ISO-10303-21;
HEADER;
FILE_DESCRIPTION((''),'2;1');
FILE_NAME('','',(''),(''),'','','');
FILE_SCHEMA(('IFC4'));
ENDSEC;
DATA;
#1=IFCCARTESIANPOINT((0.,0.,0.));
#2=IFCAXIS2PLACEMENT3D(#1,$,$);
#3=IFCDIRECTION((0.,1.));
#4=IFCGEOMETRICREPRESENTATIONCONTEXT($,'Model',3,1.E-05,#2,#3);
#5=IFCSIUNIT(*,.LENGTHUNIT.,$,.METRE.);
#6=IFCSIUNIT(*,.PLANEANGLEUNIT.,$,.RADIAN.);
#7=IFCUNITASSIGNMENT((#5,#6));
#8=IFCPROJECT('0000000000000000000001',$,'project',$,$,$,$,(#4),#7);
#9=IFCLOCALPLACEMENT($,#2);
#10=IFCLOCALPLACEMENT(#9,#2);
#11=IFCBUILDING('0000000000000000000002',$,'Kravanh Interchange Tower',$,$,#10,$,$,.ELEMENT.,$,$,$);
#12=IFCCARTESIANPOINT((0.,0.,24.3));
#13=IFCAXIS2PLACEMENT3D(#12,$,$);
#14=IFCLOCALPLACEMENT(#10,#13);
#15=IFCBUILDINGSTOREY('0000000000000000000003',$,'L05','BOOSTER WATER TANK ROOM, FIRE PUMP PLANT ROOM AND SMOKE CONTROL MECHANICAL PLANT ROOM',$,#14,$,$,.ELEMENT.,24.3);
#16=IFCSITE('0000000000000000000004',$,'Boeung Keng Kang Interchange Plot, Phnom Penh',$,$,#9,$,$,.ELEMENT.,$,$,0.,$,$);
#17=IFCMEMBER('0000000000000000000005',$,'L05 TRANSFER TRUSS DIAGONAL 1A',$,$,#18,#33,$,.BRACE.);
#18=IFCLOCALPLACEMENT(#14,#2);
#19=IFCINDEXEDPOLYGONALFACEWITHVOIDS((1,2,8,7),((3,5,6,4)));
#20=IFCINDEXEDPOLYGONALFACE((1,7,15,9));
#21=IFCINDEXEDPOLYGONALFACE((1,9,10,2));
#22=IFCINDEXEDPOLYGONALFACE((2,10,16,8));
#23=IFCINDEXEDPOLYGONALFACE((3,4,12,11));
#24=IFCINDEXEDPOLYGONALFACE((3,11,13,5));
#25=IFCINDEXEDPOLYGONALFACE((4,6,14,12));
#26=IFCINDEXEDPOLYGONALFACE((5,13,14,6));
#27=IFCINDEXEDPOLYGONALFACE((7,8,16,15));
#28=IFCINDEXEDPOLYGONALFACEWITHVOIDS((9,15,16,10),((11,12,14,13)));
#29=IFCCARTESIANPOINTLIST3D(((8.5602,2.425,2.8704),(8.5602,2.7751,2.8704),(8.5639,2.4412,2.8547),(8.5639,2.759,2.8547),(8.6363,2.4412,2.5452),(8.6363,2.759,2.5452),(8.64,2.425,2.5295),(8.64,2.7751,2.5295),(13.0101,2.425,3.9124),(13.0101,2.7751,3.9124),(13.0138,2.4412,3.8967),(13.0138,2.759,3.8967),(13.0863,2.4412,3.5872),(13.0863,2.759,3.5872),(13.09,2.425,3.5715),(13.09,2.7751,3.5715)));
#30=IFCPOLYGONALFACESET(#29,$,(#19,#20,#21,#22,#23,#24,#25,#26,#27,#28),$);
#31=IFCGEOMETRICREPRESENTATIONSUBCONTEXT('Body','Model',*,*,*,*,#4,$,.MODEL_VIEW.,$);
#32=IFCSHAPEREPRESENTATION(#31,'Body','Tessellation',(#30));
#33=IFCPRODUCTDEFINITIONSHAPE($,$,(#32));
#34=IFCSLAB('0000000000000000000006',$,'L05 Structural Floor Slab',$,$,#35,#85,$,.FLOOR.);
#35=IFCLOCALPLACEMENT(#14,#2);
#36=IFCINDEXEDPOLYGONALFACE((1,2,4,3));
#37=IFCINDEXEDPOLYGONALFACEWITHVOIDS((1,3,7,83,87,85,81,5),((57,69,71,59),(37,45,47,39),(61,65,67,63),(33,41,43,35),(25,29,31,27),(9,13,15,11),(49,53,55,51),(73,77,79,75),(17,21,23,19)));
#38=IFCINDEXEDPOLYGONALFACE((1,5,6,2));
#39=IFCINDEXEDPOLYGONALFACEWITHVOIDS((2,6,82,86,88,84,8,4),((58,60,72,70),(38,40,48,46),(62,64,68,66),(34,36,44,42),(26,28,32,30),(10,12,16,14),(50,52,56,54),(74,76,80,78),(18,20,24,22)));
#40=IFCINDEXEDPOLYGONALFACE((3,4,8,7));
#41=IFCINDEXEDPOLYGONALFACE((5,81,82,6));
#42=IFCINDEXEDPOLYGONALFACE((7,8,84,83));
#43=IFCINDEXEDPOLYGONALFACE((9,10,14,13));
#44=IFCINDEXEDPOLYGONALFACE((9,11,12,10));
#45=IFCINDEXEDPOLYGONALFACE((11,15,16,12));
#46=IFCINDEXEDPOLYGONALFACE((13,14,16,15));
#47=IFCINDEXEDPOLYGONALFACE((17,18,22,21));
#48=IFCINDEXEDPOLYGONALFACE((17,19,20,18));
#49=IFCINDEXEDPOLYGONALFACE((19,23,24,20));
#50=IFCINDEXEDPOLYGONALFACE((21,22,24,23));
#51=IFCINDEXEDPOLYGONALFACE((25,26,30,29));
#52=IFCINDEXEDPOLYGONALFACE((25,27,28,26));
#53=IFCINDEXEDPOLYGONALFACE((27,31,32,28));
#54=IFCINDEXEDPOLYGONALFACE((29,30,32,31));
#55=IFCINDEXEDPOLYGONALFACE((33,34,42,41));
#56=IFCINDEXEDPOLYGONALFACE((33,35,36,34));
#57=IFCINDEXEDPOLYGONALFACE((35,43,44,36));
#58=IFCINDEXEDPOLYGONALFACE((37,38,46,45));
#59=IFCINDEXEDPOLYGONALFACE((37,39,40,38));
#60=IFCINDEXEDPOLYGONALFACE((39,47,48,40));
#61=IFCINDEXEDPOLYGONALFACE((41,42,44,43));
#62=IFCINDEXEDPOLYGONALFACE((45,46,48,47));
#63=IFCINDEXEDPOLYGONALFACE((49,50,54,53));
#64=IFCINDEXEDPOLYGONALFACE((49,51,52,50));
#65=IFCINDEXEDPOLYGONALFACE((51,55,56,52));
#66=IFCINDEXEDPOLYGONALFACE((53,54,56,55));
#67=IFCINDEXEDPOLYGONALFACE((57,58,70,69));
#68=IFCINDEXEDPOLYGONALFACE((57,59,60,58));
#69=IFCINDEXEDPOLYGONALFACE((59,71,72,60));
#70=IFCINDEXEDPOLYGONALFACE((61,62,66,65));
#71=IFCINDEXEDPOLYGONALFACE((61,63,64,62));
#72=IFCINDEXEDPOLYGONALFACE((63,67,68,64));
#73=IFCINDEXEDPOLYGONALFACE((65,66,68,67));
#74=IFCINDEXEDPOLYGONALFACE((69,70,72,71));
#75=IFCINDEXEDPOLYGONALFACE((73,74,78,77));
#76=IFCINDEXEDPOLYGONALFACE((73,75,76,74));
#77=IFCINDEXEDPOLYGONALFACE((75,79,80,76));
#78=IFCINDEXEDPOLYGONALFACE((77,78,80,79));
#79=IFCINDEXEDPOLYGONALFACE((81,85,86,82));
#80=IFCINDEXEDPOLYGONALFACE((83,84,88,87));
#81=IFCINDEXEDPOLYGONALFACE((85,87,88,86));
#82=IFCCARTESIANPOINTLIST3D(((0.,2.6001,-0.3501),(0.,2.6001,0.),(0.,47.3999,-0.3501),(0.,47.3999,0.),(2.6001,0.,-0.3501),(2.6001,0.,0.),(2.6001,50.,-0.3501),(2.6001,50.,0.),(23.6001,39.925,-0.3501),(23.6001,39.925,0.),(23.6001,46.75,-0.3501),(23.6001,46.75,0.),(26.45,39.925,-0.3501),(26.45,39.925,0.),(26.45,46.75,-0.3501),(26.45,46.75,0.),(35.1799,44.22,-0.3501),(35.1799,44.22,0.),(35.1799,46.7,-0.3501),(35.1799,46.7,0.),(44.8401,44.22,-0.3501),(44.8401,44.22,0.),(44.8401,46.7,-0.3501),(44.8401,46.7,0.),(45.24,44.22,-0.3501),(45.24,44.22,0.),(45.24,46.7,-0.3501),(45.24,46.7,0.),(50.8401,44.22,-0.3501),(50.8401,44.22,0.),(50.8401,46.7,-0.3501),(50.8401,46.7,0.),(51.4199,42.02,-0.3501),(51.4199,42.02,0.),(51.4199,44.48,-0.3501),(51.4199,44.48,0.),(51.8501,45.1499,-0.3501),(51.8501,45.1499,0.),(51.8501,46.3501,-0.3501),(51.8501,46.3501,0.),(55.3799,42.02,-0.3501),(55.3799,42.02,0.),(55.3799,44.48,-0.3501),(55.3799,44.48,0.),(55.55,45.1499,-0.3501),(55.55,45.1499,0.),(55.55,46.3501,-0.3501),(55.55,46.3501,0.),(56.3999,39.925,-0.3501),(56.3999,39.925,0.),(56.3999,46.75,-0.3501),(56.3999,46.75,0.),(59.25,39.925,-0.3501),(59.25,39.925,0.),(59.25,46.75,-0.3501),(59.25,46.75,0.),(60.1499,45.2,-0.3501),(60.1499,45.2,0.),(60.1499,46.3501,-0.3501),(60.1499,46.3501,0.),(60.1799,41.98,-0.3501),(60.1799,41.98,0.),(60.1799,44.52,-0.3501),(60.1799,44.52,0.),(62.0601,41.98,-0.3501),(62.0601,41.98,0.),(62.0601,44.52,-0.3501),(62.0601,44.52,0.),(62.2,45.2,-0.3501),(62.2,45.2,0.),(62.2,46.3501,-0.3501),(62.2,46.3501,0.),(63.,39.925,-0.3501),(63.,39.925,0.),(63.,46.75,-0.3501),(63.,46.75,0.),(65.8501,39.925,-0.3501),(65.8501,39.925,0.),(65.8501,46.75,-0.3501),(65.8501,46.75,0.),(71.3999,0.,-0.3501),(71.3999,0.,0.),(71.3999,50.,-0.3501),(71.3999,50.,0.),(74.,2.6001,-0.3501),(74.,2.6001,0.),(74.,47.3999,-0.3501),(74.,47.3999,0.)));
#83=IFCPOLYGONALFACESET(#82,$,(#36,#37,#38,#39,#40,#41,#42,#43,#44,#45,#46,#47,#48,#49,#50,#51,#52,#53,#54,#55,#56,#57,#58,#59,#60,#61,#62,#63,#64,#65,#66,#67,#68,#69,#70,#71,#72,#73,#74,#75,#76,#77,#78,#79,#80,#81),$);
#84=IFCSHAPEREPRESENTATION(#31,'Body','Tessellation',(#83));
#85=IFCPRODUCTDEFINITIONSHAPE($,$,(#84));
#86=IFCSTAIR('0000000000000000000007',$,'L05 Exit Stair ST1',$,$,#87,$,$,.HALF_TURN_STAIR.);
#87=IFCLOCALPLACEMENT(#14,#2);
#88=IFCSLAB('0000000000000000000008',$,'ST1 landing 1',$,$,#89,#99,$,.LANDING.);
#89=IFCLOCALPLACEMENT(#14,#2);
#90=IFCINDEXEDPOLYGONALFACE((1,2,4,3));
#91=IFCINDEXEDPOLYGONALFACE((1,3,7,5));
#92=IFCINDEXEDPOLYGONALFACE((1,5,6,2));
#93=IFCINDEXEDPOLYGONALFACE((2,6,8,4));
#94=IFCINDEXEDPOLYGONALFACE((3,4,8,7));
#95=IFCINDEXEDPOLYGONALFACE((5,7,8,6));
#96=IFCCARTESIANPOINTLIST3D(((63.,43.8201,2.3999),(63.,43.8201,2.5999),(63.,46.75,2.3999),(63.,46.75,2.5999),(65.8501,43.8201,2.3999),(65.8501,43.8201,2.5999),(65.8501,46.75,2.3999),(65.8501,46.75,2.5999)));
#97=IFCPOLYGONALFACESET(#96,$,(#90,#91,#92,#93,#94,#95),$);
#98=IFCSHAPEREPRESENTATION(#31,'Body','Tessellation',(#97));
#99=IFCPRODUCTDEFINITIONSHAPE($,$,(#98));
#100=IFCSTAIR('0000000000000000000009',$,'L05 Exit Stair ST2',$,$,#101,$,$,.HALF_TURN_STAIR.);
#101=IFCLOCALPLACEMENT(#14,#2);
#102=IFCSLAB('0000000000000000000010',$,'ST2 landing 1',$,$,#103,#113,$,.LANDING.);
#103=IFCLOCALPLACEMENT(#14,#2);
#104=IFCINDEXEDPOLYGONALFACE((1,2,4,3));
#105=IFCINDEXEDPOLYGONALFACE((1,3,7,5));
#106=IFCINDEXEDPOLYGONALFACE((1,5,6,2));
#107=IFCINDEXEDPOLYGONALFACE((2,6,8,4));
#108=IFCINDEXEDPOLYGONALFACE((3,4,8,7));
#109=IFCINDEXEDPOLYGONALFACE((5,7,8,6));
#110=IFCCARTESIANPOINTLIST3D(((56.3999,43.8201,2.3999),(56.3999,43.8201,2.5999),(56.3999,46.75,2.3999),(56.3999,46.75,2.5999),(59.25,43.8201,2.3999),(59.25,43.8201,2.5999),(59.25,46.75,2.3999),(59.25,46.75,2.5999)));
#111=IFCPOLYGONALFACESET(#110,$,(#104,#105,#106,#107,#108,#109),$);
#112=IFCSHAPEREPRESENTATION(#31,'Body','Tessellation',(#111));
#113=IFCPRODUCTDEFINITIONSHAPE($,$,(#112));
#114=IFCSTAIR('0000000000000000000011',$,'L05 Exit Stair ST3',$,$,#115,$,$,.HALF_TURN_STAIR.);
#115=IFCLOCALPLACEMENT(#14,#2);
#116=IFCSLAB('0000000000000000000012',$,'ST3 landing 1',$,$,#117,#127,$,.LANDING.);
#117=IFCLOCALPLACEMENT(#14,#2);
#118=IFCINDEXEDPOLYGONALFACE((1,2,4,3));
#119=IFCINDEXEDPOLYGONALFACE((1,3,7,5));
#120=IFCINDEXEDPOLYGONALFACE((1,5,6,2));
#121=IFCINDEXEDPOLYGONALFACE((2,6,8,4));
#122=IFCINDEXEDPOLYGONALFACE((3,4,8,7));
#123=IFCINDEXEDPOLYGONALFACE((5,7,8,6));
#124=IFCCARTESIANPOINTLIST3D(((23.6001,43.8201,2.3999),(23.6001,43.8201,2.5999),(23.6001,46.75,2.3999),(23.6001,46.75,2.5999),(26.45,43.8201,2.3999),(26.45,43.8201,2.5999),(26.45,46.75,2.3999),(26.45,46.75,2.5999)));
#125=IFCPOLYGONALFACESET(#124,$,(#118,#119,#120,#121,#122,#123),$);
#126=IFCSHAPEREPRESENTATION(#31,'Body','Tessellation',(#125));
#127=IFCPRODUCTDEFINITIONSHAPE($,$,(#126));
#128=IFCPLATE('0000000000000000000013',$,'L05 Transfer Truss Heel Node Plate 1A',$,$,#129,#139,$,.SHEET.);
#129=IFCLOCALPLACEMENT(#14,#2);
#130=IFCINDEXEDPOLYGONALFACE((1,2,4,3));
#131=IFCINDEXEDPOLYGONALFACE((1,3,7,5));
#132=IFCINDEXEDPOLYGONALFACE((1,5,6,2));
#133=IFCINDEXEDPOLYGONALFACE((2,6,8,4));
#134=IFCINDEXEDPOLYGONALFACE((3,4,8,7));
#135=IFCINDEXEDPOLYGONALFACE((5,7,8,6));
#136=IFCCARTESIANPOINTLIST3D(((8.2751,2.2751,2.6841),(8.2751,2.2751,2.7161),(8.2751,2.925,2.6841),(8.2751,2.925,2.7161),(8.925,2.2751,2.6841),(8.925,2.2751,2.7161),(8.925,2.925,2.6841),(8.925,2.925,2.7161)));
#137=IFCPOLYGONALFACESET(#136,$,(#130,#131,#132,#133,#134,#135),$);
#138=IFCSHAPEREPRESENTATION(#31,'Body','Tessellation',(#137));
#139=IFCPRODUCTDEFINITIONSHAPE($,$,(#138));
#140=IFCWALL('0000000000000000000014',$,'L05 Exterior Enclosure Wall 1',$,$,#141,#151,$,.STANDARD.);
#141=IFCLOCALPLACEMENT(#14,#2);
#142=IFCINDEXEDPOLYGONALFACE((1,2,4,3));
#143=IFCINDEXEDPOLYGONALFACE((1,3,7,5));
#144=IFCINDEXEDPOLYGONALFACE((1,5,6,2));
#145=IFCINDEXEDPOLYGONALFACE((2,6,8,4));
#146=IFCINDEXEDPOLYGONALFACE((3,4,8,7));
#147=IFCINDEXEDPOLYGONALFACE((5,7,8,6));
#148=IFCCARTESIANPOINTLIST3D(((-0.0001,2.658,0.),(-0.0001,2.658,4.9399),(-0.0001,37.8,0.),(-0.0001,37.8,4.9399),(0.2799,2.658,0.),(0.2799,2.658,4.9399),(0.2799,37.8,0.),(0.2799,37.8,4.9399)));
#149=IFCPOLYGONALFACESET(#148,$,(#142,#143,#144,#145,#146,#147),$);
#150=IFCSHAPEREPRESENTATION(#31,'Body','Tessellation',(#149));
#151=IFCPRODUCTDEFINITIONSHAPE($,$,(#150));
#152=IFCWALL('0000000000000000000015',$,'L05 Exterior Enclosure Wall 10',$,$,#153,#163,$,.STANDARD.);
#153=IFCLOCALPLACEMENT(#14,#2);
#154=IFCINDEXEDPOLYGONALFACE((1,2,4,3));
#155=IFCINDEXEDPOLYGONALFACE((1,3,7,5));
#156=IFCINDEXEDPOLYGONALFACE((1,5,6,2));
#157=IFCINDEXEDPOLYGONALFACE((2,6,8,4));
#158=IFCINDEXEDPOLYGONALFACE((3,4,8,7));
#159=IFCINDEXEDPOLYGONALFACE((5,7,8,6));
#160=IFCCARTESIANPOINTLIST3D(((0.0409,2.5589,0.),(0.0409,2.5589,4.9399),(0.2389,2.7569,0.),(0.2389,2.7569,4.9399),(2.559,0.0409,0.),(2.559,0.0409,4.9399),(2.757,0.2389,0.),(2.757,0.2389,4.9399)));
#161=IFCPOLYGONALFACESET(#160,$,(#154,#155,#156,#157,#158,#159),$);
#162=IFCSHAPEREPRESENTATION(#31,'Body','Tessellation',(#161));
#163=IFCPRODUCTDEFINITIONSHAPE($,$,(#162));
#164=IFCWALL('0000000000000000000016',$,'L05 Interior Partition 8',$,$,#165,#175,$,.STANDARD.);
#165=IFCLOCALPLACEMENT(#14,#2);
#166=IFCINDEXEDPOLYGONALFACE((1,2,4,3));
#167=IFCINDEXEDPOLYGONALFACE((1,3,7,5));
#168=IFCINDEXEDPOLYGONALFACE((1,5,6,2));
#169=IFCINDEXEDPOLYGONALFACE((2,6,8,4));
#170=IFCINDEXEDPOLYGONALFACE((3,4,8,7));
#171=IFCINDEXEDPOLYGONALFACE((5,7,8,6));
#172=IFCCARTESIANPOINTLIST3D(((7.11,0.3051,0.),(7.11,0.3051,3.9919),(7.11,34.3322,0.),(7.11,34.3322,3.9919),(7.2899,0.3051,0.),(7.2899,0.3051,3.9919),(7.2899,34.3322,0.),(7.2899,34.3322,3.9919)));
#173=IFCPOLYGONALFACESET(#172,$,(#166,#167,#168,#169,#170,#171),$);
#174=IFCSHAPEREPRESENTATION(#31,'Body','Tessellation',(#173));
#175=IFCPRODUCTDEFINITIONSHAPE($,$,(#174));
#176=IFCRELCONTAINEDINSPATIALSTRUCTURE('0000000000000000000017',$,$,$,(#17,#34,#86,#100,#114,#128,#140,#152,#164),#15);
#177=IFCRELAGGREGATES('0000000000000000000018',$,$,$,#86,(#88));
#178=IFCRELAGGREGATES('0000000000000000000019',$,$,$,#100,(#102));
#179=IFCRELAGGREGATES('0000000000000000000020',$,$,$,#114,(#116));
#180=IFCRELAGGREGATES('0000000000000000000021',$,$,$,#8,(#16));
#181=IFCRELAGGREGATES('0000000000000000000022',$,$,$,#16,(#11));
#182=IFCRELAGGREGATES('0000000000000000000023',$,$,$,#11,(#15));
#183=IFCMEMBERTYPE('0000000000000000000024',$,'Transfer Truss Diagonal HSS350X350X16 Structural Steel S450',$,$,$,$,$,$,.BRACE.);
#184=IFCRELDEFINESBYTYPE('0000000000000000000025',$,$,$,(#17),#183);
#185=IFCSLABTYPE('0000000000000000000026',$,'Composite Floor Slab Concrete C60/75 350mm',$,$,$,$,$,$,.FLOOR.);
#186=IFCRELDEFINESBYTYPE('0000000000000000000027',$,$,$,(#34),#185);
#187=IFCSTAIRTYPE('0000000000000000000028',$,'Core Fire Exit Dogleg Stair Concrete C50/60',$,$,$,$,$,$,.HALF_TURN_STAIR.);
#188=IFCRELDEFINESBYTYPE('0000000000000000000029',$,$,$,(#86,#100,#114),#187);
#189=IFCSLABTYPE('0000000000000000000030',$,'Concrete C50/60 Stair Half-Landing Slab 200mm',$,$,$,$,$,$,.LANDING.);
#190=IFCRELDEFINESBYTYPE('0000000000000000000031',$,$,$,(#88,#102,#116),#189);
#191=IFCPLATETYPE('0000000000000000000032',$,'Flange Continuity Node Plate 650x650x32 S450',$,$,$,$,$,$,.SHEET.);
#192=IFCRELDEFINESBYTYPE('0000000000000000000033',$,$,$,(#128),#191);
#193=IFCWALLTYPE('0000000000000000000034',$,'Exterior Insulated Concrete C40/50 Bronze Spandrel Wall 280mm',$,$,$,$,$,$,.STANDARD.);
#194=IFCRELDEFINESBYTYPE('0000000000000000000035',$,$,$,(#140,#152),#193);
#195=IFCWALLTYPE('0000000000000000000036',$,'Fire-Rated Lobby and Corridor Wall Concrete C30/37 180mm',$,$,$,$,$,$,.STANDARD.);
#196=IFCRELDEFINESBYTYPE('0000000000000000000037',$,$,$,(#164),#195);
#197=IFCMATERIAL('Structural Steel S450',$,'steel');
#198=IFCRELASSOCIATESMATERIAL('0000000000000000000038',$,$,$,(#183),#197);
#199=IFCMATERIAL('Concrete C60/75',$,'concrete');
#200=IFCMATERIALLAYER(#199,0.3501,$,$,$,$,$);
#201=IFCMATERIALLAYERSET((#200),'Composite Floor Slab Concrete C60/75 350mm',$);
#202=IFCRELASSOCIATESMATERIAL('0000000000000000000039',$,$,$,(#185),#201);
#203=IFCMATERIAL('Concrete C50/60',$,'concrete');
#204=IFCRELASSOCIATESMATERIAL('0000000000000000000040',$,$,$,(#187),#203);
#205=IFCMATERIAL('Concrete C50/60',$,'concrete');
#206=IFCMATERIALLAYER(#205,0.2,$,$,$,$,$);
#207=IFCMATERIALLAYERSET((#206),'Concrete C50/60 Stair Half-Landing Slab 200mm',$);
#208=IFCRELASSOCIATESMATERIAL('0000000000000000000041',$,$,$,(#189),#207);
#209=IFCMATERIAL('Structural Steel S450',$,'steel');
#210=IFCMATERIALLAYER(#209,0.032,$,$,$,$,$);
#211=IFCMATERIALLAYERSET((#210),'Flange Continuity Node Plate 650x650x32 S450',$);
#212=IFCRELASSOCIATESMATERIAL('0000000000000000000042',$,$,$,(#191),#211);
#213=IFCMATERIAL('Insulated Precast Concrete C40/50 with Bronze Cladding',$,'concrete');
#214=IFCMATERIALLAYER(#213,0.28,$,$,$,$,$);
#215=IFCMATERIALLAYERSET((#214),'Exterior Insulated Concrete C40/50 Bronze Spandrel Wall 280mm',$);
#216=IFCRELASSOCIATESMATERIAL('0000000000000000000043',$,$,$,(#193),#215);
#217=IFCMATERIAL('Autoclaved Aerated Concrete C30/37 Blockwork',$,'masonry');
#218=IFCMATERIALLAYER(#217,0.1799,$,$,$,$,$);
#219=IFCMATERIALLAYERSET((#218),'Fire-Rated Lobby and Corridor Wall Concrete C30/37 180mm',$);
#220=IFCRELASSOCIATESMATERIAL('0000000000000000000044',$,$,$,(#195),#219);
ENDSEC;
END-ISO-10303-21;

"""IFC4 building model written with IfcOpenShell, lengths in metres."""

from ifc_helpers import new_model, si_unit, direction, frame, frame_2d, origin, origin_2d, place, context, subcontext, project, spatial, polyline, rectangle, hollow_rectangle, outline, extrude, material, layer, layer_set, material_profile, profile_set, type_object, element, aggregate, save


model = new_model("IFC4")

# Units and contexts
model_context = context("Model", 3, precision=1e-05, world=origin(), true_north=direction((0.0, 1.0)))
body_context = subcontext(model_context, "Body", "Model", "MODEL_VIEW")
ifc_project = project(units=[si_unit("LENGTHUNIT", "METRE"), si_unit("PLANEANGLEUNIT", "RADIAN")], contexts=[model_context])

# Site, building, storey
site_placement = place(None, origin())
site = spatial("IfcSite", under=ifc_project, at=site_placement, Name="Boeung Keng Kang Interchange Plot, Phnom Penh", CompositionType="ELEMENT", RefElevation=0.0)
building_placement = place(site_placement, origin())
building = spatial("IfcBuilding", under=site, at=building_placement, Name="Kravanh Interchange Tower", CompositionType="ELEMENT")
storey_placement = place(building_placement, frame((0.0, 0.0, 24.3)))
storey = spatial("IfcBuildingStorey", under=building, at=storey_placement, Name="L05", Description="BOOSTER WATER TANK ROOM, FIRE PUMP PLANT ROOM AND SMOKE CONTROL MECHANICAL PLANT ROOM", CompositionType="ELEMENT", Elevation=24.3)

# Member
ifc_material_1 = material(Name="Structural Steel S450", Category="steel")
ifc_material_profile_1 = material_profile(ifc_material_1, hollow_rectangle(XDim=0.3501, YDim=0.3501, WallThickness=0.0161, at=origin_2d()), Name="HSS350X350X16")
ifc_profile_set_1 = profile_set([ifc_material_profile_1], Name="Structural Steel S450")
member_type_1 = type_object("IfcMemberType", Name="Transfer Truss Diagonal HSS350X350X16 Structural Steel S450", PredefinedType="BRACE", material=ifc_profile_set_1)
member_1_placement = place(storey_placement, frame((8.6001, 2.6001, 2.7), z_axis=(0.973663, 0.0, 0.227991), x_axis=(0.0, 1.0, 0.0)))
element("IfcMember", 1, at=member_1_placement, inside=storey, type_object=member_type_1, Name="L05 TRANSFER TRUSS DIAGONAL 1A", PredefinedType="BRACE", context=body_context, shape_type="SweptSolid", body=[
    extrude(hollow_rectangle(XDim=0.3501, YDim=0.3501, WallThickness=0.0161, at=origin_2d()), origin(), (0.0, 0.0, 1.0), 4.5703),
])

# Slab
ifc_material_2 = material(Name="Concrete C60/75", Category="concrete")
ifc_layer_1 = layer(ifc_material_2, 0.3501)
ifc_layer_set_1 = layer_set([ifc_layer_1], Name="Composite Floor Slab Concrete C60/75 350mm")
slab_type_1 = type_object("IfcSlabType", Name="Composite Floor Slab Concrete C60/75 350mm", PredefinedType="FLOOR", material=ifc_layer_set_1)
slab_1_placement = place(storey_placement, frame((0.0, 0.0, -0.3501)))
element("IfcSlab", 2, at=slab_1_placement, inside=storey, type_object=slab_type_1, Name="L05 Structural Floor Slab", PredefinedType="FLOOR", context=body_context, shape_type="SweptSolid", body=[
    extrude(outline(polyline([(0.0, 2.6001), (2.6001, 0.0), (71.3999, 0.0), (74.0, 2.6001), (74.0, 47.3999), (71.3999, 50.0), (2.6001, 50.0), (0.0, 47.3999), (0.0, 2.6001)]), holes=[polyline([(65.8501, 39.925), (65.8501, 46.75), (63.0, 46.75), (63.0, 39.925), (65.8501, 39.925)]), polyline([(59.25, 39.925), (59.25, 46.75), (56.3999, 46.75), (56.3999, 39.925), (59.25, 39.925)]), polyline([(26.45, 39.925), (26.45, 46.75), (23.6001, 46.75), (23.6001, 39.925), (26.45, 39.925)]), polyline([(35.1799, 44.22), (44.8401, 44.22), (44.8401, 46.7), (35.1799, 46.7), (35.1799, 44.22)]), polyline([(45.24, 44.22), (50.8401, 44.22), (50.8401, 46.7), (45.24, 46.7), (45.24, 44.22)]), polyline([(51.4199, 42.02), (55.3799, 42.02), (55.3799, 44.48), (51.4199, 44.48), (51.4199, 42.02)]), polyline([(60.1799, 41.98), (62.0601, 41.98), (62.0601, 44.52), (60.1799, 44.52), (60.1799, 41.98)]), polyline([(60.1499, 45.2), (62.2, 45.2), (62.2, 46.3501), (60.1499, 46.3501), (60.1499, 45.2)]), polyline([(51.8501, 45.1499), (55.55, 45.1499), (55.55, 46.3501), (51.8501, 46.3501), (51.8501, 45.1499)])]), origin(), (0.0, 0.0, 1.0), 0.3501),
])

# Stairs, slabs
ifc_material_3 = material(Name="Concrete C50/60", Category="concrete")
stair_type = type_object("IfcStairType", Name="Core Fire Exit Dogleg Stair Concrete C50/60", PredefinedType="HALF_TURN_STAIR", material=ifc_material_3)
stair_1_placement = place(storey_placement, origin())
stair_1 = element("IfcStair", 3, at=stair_1_placement, inside=storey, type_object=stair_type, Name="L05 Exit Stair ST1", PredefinedType="HALF_TURN_STAIR")
ifc_material_4 = material(Name="Concrete C50/60", Category="concrete")
ifc_layer_2 = layer(ifc_material_4, 0.2)
ifc_layer_set_2 = layer_set([ifc_layer_2], Name="Concrete C50/60 Stair Half-Landing Slab 200mm")
slab_type_2 = type_object("IfcSlabType", Name="Concrete C50/60 Stair Half-Landing Slab 200mm", PredefinedType="LANDING", material=ifc_layer_set_2)
slab_2_placement = place(storey_placement, frame((0.0, 0.0, 2.3999)))
slab_2 = element("IfcSlab", 4, at=slab_2_placement, type_object=slab_type_2, Name="ST1 landing 1", PredefinedType="LANDING", context=body_context, shape_type="SweptSolid", body=[
    extrude(outline(polyline([(65.8501, 43.8201), (65.8501, 46.75), (63.0, 46.75), (63.0, 43.8201), (65.8501, 43.8201)])), origin(), (0.0, 0.0, 1.0), 0.2),
])
aggregate(stair_1, [slab_2])
stair_2_placement = place(storey_placement, origin())
stair_2 = element("IfcStair", 5, at=stair_2_placement, inside=storey, type_object=stair_type, Name="L05 Exit Stair ST2", PredefinedType="HALF_TURN_STAIR")
slab_3_placement = place(storey_placement, frame((0.0, 0.0, 2.3999)))
slab_3 = element("IfcSlab", 6, at=slab_3_placement, type_object=slab_type_2, Name="ST2 landing 1", PredefinedType="LANDING", context=body_context, shape_type="SweptSolid", body=[
    extrude(outline(polyline([(59.25, 43.8201), (59.25, 46.75), (56.3999, 46.75), (56.3999, 43.8201), (59.25, 43.8201)])), origin(), (0.0, 0.0, 1.0), 0.2),
])
aggregate(stair_2, [slab_3])
stair_3_placement = place(storey_placement, origin())
stair_3 = element("IfcStair", 7, at=stair_3_placement, inside=storey, type_object=stair_type, Name="L05 Exit Stair ST3", PredefinedType="HALF_TURN_STAIR")
slab_4_placement = place(storey_placement, frame((0.0, 0.0, 2.3999)))
slab_4 = element("IfcSlab", 8, at=slab_4_placement, type_object=slab_type_2, Name="ST3 landing 1", PredefinedType="LANDING", context=body_context, shape_type="SweptSolid", body=[
    extrude(outline(polyline([(26.45, 43.8201), (26.45, 46.75), (23.6001, 46.75), (23.6001, 43.8201), (26.45, 43.8201)])), origin(), (0.0, 0.0, 1.0), 0.2),
])
aggregate(stair_3, [slab_4])

# Plate
ifc_material_5 = material(Name="Structural Steel S450", Category="steel")
ifc_layer_3 = layer(ifc_material_5, 0.032)
ifc_layer_set_3 = layer_set([ifc_layer_3], Name="Flange Continuity Node Plate 650x650x32 S450")
plate_type = type_object("IfcPlateType", Name="Flange Continuity Node Plate 650x650x32 S450", PredefinedType="SHEET", material=ifc_layer_set_3)
plate_placement = place(storey_placement, frame((8.6001, 2.6001, 2.6841), z_axis=(0.0, 0.0, 1.0), x_axis=(1.0, 0.0, 0.0)))
element("IfcPlate", 9, at=plate_placement, inside=storey, type_object=plate_type, Name="L05 Transfer Truss Heel Node Plate 1A", PredefinedType="SHEET", context=body_context, shape_type="SweptSolid", body=[
    extrude(rectangle(XDim=0.6499, YDim=0.6499, at=origin_2d()), origin(), (0.0, 0.0, 1.0), 0.032),
])

# Walls
ifc_material_6 = material(Name="Insulated Precast Concrete C40/50 with Bronze Cladding", Category="concrete")
ifc_layer_4 = layer(ifc_material_6, 0.28)
ifc_layer_set_4 = layer_set([ifc_layer_4], Name="Exterior Insulated Concrete C40/50 Bronze Spandrel Wall 280mm")
wall_type_1 = type_object("IfcWallType", Name="Exterior Insulated Concrete C40/50 Bronze Spandrel Wall 280mm", PredefinedType="STANDARD", material=ifc_layer_set_4)
wall_1_placement = place(storey_placement, frame((0.1399, 2.658, 0.0), z_axis=(0.0, 0.0, 1.0), x_axis=(0.0, 1.0, 0.0)))
element("IfcWall", 10, at=wall_1_placement, inside=storey, type_object=wall_type_1, Name="L05 Exterior Enclosure Wall 1", PredefinedType="STANDARD", context=body_context, shape_type="SweptSolid", body=[
    extrude(rectangle(XDim=35.1421, YDim=0.28, at=frame_2d((17.571, 0.0))), origin(), (0.0, 0.0, 1.0), 4.9399),
])
wall_2_placement = place(storey_placement, frame((2.658, 0.1399, 0.0), z_axis=(0.0, 0.0, 1.0), x_axis=(-0.707107, 0.707107, 0.0)))
element("IfcWall", 11, at=wall_2_placement, inside=storey, type_object=wall_type_1, Name="L05 Exterior Enclosure Wall 10", PredefinedType="STANDARD", context=body_context, shape_type="SweptSolid", body=[
    extrude(rectangle(XDim=3.561, YDim=0.28, at=frame_2d((1.7805, 0.0))), origin(), (0.0, 0.0, 1.0), 4.9399),
])
ifc_material_7 = material(Name="Autoclaved Aerated Concrete C30/37 Blockwork", Category="masonry")
ifc_layer_5 = layer(ifc_material_7, 0.1799)
ifc_layer_set_5 = layer_set([ifc_layer_5], Name="Fire-Rated Lobby and Corridor Wall Concrete C30/37 180mm")
wall_type_2 = type_object("IfcWallType", Name="Fire-Rated Lobby and Corridor Wall Concrete C30/37 180mm", PredefinedType="STANDARD", material=ifc_layer_set_5)
wall_3_placement = place(storey_placement, frame((7.2, 0.3049, 0.0), z_axis=(0.0, 0.0, 1.0), x_axis=(0.0, 1.0, 0.0)))
element("IfcWall", 12, at=wall_3_placement, inside=storey, type_object=wall_type_2, Name="L05 Interior Partition 8", PredefinedType="STANDARD", context=body_context, shape_type="SweptSolid", body=[
    extrude(rectangle(XDim=34.0271, YDim=0.1799, at=frame_2d((17.0137, 0.0))), origin(), (0.0, 0.0, 1.0), 3.9919),
])

save(model, "model.ifc")
